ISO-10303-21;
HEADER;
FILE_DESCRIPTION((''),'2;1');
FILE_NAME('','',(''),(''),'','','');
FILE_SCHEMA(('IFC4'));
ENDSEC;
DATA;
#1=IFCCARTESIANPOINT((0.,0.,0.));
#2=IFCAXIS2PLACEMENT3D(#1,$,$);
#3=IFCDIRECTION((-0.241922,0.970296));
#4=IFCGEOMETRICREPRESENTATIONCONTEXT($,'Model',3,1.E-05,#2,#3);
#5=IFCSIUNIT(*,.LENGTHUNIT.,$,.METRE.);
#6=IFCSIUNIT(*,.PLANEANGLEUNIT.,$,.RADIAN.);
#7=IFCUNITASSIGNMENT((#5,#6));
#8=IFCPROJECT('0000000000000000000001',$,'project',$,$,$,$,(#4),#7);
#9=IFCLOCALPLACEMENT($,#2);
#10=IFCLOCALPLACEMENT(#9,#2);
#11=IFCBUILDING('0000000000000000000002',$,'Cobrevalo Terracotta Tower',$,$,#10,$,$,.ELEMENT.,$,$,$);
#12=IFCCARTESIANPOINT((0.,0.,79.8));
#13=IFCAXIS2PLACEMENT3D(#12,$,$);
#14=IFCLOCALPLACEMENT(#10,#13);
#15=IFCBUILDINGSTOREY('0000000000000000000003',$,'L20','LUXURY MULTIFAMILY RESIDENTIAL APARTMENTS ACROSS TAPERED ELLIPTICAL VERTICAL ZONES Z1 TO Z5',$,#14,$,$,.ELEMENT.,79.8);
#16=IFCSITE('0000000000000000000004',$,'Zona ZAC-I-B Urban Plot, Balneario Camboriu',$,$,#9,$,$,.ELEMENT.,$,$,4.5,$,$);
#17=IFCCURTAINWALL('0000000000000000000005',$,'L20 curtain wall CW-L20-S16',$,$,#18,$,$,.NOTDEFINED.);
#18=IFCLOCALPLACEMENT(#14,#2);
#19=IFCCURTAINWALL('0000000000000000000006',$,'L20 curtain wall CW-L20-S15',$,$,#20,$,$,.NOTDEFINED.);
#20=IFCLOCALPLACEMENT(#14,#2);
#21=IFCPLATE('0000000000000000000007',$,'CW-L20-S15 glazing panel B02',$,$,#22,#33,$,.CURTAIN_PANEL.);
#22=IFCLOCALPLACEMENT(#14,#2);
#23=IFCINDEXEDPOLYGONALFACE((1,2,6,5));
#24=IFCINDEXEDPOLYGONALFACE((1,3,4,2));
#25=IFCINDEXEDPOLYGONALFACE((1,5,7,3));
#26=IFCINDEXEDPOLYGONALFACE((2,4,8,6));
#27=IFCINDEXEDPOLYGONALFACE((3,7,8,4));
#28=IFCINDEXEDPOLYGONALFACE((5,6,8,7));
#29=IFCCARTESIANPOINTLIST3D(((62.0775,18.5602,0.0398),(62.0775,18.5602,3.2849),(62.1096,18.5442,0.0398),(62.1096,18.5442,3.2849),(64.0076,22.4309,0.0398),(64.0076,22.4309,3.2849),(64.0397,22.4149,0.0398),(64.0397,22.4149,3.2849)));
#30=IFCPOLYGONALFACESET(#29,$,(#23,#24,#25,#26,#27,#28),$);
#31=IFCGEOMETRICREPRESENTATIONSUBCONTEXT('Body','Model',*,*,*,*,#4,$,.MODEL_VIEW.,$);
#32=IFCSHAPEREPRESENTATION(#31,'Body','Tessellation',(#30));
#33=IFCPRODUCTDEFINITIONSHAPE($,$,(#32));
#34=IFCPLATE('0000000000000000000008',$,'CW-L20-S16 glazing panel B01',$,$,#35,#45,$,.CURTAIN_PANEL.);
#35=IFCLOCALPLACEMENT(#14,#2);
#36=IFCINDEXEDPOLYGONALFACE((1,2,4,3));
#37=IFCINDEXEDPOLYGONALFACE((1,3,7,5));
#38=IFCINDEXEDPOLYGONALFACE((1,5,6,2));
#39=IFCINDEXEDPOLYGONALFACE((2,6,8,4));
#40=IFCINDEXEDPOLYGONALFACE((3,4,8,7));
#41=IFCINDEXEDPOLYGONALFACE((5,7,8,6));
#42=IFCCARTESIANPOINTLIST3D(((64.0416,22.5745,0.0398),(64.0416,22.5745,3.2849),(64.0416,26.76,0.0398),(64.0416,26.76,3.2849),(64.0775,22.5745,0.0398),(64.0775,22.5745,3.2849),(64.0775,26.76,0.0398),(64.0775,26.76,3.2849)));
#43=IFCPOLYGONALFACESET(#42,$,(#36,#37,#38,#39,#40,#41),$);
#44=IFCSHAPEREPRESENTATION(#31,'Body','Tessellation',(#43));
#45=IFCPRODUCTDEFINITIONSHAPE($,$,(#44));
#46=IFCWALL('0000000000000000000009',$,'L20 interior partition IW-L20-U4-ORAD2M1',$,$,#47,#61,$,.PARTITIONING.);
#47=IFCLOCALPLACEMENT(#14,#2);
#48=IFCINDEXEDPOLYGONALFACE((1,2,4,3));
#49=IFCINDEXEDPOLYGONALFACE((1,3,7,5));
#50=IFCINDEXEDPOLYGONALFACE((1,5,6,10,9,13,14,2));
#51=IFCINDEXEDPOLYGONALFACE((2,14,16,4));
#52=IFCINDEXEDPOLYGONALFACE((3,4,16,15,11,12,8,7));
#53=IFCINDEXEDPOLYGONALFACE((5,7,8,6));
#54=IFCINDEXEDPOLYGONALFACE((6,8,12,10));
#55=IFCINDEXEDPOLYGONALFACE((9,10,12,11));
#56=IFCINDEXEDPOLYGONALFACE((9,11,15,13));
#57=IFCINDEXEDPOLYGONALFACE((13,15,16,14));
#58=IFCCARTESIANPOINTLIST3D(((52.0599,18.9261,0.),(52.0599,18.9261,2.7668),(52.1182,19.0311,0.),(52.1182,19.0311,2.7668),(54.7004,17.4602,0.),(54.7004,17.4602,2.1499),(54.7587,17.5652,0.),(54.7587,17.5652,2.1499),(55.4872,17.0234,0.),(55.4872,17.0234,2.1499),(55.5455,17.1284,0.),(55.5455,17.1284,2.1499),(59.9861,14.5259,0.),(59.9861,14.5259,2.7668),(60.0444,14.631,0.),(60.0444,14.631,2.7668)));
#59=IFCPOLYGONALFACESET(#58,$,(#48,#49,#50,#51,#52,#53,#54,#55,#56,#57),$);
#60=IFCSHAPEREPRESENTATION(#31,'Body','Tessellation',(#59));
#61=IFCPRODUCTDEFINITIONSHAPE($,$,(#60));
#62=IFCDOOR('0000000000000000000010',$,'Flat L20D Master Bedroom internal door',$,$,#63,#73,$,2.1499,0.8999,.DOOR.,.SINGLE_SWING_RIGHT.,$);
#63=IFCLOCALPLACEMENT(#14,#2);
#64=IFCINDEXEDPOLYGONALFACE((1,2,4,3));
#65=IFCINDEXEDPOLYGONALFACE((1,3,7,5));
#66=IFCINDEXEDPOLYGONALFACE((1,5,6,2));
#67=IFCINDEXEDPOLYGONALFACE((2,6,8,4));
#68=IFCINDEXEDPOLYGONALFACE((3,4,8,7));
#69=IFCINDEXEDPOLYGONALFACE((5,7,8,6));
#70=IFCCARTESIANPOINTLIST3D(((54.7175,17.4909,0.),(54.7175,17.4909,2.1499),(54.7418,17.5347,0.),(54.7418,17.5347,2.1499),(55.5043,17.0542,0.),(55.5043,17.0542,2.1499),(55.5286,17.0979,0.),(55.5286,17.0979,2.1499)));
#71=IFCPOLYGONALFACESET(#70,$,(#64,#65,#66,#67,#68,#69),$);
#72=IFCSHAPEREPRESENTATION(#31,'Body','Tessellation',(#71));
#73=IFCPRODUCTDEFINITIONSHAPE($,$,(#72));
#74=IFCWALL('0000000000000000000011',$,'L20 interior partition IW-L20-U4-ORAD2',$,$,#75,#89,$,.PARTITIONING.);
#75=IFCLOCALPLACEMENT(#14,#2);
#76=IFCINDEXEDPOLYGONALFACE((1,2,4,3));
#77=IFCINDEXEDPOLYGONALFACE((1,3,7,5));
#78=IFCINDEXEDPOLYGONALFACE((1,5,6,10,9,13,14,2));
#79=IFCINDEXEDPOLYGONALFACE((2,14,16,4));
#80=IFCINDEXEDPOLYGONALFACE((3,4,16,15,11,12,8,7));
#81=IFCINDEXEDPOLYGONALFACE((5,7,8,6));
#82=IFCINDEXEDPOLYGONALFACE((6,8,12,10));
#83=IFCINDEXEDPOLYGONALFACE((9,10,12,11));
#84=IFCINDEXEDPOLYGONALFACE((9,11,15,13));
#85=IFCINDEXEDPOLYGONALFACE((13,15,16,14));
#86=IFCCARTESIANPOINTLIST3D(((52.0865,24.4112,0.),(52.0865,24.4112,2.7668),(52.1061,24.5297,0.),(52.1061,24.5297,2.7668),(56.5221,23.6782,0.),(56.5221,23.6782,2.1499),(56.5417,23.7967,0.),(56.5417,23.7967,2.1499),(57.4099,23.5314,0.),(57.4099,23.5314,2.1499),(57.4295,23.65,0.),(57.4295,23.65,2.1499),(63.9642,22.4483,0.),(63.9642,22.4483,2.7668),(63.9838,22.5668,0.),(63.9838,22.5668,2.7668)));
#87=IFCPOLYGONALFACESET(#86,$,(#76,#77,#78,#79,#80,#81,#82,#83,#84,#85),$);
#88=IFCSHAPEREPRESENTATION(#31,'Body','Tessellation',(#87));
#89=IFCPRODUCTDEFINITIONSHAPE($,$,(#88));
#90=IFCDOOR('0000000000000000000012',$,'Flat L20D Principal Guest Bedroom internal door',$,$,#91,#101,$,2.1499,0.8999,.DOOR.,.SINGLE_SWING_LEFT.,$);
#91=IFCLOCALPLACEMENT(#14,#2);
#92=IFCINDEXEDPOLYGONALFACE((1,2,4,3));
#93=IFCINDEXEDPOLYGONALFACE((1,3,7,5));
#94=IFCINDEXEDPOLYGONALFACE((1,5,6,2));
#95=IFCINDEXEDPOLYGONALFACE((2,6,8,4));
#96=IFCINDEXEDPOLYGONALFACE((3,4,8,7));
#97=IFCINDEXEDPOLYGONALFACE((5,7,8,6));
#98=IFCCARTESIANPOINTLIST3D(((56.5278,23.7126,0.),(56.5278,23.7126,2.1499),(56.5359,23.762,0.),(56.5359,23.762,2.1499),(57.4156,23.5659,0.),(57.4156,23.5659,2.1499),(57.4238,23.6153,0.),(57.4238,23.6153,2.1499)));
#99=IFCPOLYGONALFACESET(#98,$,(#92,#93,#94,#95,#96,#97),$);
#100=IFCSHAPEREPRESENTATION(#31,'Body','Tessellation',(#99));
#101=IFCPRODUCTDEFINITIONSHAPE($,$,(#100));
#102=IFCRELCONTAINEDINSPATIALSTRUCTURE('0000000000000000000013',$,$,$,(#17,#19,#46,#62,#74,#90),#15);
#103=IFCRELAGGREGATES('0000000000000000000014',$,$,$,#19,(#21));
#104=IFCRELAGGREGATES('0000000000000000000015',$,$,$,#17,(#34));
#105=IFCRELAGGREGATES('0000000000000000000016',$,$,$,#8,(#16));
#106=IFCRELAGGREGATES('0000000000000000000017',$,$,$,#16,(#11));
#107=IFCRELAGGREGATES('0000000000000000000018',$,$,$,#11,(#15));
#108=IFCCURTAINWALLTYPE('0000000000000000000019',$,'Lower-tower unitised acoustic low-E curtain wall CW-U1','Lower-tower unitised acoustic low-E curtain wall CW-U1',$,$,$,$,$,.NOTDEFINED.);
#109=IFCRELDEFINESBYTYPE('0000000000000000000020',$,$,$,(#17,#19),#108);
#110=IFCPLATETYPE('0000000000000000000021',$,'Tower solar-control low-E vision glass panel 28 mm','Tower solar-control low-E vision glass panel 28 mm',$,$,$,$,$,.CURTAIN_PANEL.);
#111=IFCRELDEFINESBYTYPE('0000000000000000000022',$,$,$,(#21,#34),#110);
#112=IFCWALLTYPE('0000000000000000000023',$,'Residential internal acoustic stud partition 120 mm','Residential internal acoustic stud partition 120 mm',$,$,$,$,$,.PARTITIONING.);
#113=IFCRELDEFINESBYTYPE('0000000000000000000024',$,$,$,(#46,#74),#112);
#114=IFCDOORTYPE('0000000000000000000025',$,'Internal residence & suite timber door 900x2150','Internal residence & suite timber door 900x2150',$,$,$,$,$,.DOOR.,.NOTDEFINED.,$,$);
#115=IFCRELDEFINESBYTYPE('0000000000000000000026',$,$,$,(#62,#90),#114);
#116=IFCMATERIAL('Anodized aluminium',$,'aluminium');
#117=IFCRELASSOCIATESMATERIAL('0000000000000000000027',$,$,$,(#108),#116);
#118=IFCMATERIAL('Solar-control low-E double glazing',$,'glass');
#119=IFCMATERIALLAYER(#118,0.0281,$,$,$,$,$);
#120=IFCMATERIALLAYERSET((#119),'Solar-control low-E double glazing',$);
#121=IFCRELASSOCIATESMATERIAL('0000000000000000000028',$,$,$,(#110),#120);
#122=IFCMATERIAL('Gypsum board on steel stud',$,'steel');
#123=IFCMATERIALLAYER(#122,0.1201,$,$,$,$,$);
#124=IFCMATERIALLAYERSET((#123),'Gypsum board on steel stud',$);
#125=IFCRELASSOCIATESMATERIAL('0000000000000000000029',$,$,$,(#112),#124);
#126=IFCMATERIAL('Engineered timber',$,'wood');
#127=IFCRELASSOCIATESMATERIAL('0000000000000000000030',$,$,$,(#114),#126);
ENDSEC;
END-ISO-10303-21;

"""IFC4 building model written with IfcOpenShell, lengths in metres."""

from ifc_helpers import new_model, si_unit, direction, frame, frame_2d, origin, origin_2d, place, context, subcontext, project, spatial, rectangle, extrude, source, transform, mapped, material, layer, layer_set, type_object, element, fill, aggregate, save


model = new_model("IFC4")

# Units and contexts
model_context = context("Model", 3, precision=1e-05, world=origin(), true_north=direction((-0.241922, 0.970296)))
body_context = subcontext(model_context, "Body", "Model", "MODEL_VIEW")
ifc_project = project(units=[si_unit("LENGTHUNIT", "METRE"), si_unit("PLANEANGLEUNIT", "RADIAN")], contexts=[model_context])

# Site, building, storey
site_placement = place(None, origin())
site = spatial("IfcSite", under=ifc_project, at=site_placement, Name="Zona ZAC-I-B Urban Plot, Balneario Camboriu", CompositionType="ELEMENT", RefElevation=4.5)
building_placement = place(site_placement, origin())
building = spatial("IfcBuilding", under=site, at=building_placement, Name="Cobrevalo Terracotta Tower", CompositionType="ELEMENT")
storey_placement = place(building_placement, frame((0.0, 0.0, 79.8)))
storey = spatial("IfcBuildingStorey", under=building, at=storey_placement, Name="L20", Description="LUXURY MULTIFAMILY RESIDENTIAL APARTMENTS ACROSS TAPERED ELLIPTICAL VERTICAL ZONES Z1 TO Z5", CompositionType="ELEMENT", Elevation=79.8)

# Curtain walls
ifc_material_1 = material(Name="Anodized aluminium", Category="aluminium")
curtain_wall_type = type_object("IfcCurtainWallType", Name="Lower-tower unitised acoustic low-E curtain wall CW-U1", Description="Lower-tower unitised acoustic low-E curtain wall CW-U1", PredefinedType="NOTDEFINED", material=ifc_material_1)
curtain_wall_1_placement = place(storey_placement, origin())
curtain_wall_1 = element("IfcCurtainWall", 1, at=curtain_wall_1_placement, inside=storey, type_object=curtain_wall_type, Name="L20 curtain wall CW-L20-S16", PredefinedType="NOTDEFINED")
curtain_wall_2_placement = place(storey_placement, origin())
curtain_wall_2 = element("IfcCurtainWall", 2, at=curtain_wall_2_placement, inside=storey, type_object=curtain_wall_type, Name="L20 curtain wall CW-L20-S15", PredefinedType="NOTDEFINED")

# Plates
ifc_material_2 = material(Name="Solar-control low-E double glazing", Category="glass")
ifc_layer_1 = layer(ifc_material_2, 0.0281)
ifc_layer_set_1 = layer_set([ifc_layer_1], Name="Solar-control low-E double glazing")
plate_type = type_object("IfcPlateType", Name="Tower solar-control low-E vision glass panel 28 mm", Description="Tower solar-control low-E vision glass panel 28 mm", PredefinedType="CURTAIN_PANEL", material=ifc_layer_set_1)
shared_shape_1 = source(origin(), body_context, "Body", "SweptSolid", [
    extrude(rectangle(XDim=4.3252, YDim=0.0359, at=origin_2d()), origin(), (0.0, 0.0, 1.0), 3.2451),
])
plate_1_placement = place(storey_placement, frame((63.0586, 20.4875, 0.0398), z_axis=(0.0, 0.0, 1.0), x_axis=(0.446262, 0.894902, 0.0)))
plate_1 = element("IfcPlate", 3, at=plate_1_placement, type_object=plate_type, Name="CW-L20-S15 glazing panel B02", PredefinedType="CURTAIN_PANEL", context=body_context, shape_type="MappedRepresentation", body=[
    mapped(shared_shape_1, transform((0.0, 0.0, 0.0), scale=1.0)),
])
aggregate(curtain_wall_2, [plate_1])
shared_shape_2 = source(origin(), body_context, "Body", "SweptSolid", [
    extrude(rectangle(XDim=4.1855, YDim=0.0359, at=origin_2d()), origin(), (0.0, 0.0, 1.0), 3.2451),
])
plate_2_placement = place(storey_placement, frame((64.0596, 24.6672, 0.0398), z_axis=(0.0, 0.0, 1.0), x_axis=(0.0, 1.0, 0.0)))
plate_2 = element("IfcPlate", 4, at=plate_2_placement, type_object=plate_type, Name="CW-L20-S16 glazing panel B01", PredefinedType="CURTAIN_PANEL", context=body_context, shape_type="MappedRepresentation", body=[
    mapped(shared_shape_2, transform((0.0, 0.0, 0.0), scale=1.0)),
])
aggregate(curtain_wall_1, [plate_2])

# Walls, openings, doors
ifc_material_3 = material(Name="Gypsum board on steel stud", Category="steel")
ifc_layer_2 = layer(ifc_material_3, 0.1201)
ifc_layer_set_2 = layer_set([ifc_layer_2], Name="Gypsum board on steel stud")
wall_type = type_object("IfcWallType", Name="Residential internal acoustic stud partition 120 mm", Description="Residential internal acoustic stud partition 120 mm", PredefinedType="PARTITIONING", material=ifc_layer_set_2)
wall_1_placement = place(storey_placement, frame((52.0891, 18.9785, 0.0), z_axis=(0.0, 0.0, 1.0), x_axis=(0.874313, -0.485362, 0.0)))
wall_1 = element("IfcWall", 5, at=wall_1_placement, inside=storey, type_object=wall_type, Name="L20 interior partition IW-L20-U4-ORAD2M1", PredefinedType="PARTITIONING", context=body_context, shape_type="SweptSolid", body=[
    extrude(rectangle(XDim=9.0657, YDim=0.1201, at=frame_2d((4.5327, 0.0))), origin(), (0.0, 0.0, 1.0), 2.7668),
])
opening_1_placement = place(wall_1_placement, frame((3.02, 0.0, 0.0)))
opening_1 = element("IfcOpeningElement", 6, at=opening_1_placement, cuts=wall_1, PredefinedType="OPENING", context=body_context, shape_type="SweptSolid", body=[
    extrude(rectangle(XDim=0.8999, YDim=2.1499, at=frame_2d((0.45, 1.075))), frame((0.0, 0.0701, 0.0), z_axis=(0.0, -1.0, 0.0), x_axis=(1.0, 0.0, 0.0)), (0.0, 0.0, 1.0), 0.1401),
])
ifc_material_4 = material(Name="Engineered timber", Category="wood")
door_type = type_object("IfcDoorType", Name="Internal residence & suite timber door 900x2150", Description="Internal residence & suite timber door 900x2150", OperationType="NOTDEFINED", PredefinedType="DOOR", material=ifc_material_4)
shared_shape_3 = source(origin(), body_context, "Body", "SweptSolid", [
    extrude(rectangle(XDim=0.8999, YDim=2.1499, at=frame_2d((0.45, 1.075))), frame((0.0, 0.0249, 0.0), z_axis=(0.0, -1.0, 0.0), x_axis=(1.0, 0.0, 0.0)), (0.0, 0.0, 1.0), 0.05),
])
door_1_placement = place(opening_1_placement, frame((0.8999, 0.0, 0.0), z_axis=(0.0, 0.0, 1.0), x_axis=(-1.0, 0.0, 0.0)))
door_1 = element("IfcDoor", 7, at=door_1_placement, inside=storey, type_object=door_type, Name="Flat L20D Master Bedroom internal door", OperationType="SINGLE_SWING_RIGHT", OverallHeight=2.1499, OverallWidth=0.8999, PredefinedType="DOOR", context=body_context, shape_type="MappedRepresentation", body=[
    mapped(shared_shape_3, transform((0.0, 0.0, 0.0), scale=1.0)),
])
fill(opening_1, door_1)
wall_2_placement = place(storey_placement, frame((52.0962, 24.4705, 0.0), z_axis=(0.0, 0.0, 1.0), x_axis=(0.986618, -0.163047, 0.0)))
wall_2 = element("IfcWall", 8, at=wall_2_placement, inside=storey, type_object=wall_type, Name="L20 interior partition IW-L20-U4-ORAD2", PredefinedType="PARTITIONING", context=body_context, shape_type="SweptSolid", body=[
    extrude(rectangle(XDim=12.0388, YDim=0.1201, at=frame_2d((6.0195, 0.0))), origin(), (0.0, 0.0, 1.0), 2.7668),
])
opening_2_placement = place(wall_2_placement, frame((4.4958, 0.0, 0.0)))
opening_2 = element("IfcOpeningElement", 9, at=opening_2_placement, cuts=wall_2, PredefinedType="OPENING", context=body_context, shape_type="SweptSolid", body=[
    extrude(rectangle(XDim=0.8999, YDim=2.1499, at=frame_2d((0.45, 1.075))), frame((0.0, 0.0701, 0.0), z_axis=(0.0, -1.0, 0.0), x_axis=(1.0, 0.0, 0.0)), (0.0, 0.0, 1.0), 0.1401),
])
door_2_placement = place(opening_2_placement, origin())
door_2 = element("IfcDoor", 10, at=door_2_placement, inside=storey, type_object=door_type, Name="Flat L20D Principal Guest Bedroom internal door", OperationType="SINGLE_SWING_LEFT", OverallHeight=2.1499, OverallWidth=0.8999, PredefinedType="DOOR", context=body_context, shape_type="MappedRepresentation", body=[
    mapped(shared_shape_3, transform((0.0, 0.0, 0.0), scale=1.0)),
])
fill(opening_2, door_2)

save(model, "model.ifc")
